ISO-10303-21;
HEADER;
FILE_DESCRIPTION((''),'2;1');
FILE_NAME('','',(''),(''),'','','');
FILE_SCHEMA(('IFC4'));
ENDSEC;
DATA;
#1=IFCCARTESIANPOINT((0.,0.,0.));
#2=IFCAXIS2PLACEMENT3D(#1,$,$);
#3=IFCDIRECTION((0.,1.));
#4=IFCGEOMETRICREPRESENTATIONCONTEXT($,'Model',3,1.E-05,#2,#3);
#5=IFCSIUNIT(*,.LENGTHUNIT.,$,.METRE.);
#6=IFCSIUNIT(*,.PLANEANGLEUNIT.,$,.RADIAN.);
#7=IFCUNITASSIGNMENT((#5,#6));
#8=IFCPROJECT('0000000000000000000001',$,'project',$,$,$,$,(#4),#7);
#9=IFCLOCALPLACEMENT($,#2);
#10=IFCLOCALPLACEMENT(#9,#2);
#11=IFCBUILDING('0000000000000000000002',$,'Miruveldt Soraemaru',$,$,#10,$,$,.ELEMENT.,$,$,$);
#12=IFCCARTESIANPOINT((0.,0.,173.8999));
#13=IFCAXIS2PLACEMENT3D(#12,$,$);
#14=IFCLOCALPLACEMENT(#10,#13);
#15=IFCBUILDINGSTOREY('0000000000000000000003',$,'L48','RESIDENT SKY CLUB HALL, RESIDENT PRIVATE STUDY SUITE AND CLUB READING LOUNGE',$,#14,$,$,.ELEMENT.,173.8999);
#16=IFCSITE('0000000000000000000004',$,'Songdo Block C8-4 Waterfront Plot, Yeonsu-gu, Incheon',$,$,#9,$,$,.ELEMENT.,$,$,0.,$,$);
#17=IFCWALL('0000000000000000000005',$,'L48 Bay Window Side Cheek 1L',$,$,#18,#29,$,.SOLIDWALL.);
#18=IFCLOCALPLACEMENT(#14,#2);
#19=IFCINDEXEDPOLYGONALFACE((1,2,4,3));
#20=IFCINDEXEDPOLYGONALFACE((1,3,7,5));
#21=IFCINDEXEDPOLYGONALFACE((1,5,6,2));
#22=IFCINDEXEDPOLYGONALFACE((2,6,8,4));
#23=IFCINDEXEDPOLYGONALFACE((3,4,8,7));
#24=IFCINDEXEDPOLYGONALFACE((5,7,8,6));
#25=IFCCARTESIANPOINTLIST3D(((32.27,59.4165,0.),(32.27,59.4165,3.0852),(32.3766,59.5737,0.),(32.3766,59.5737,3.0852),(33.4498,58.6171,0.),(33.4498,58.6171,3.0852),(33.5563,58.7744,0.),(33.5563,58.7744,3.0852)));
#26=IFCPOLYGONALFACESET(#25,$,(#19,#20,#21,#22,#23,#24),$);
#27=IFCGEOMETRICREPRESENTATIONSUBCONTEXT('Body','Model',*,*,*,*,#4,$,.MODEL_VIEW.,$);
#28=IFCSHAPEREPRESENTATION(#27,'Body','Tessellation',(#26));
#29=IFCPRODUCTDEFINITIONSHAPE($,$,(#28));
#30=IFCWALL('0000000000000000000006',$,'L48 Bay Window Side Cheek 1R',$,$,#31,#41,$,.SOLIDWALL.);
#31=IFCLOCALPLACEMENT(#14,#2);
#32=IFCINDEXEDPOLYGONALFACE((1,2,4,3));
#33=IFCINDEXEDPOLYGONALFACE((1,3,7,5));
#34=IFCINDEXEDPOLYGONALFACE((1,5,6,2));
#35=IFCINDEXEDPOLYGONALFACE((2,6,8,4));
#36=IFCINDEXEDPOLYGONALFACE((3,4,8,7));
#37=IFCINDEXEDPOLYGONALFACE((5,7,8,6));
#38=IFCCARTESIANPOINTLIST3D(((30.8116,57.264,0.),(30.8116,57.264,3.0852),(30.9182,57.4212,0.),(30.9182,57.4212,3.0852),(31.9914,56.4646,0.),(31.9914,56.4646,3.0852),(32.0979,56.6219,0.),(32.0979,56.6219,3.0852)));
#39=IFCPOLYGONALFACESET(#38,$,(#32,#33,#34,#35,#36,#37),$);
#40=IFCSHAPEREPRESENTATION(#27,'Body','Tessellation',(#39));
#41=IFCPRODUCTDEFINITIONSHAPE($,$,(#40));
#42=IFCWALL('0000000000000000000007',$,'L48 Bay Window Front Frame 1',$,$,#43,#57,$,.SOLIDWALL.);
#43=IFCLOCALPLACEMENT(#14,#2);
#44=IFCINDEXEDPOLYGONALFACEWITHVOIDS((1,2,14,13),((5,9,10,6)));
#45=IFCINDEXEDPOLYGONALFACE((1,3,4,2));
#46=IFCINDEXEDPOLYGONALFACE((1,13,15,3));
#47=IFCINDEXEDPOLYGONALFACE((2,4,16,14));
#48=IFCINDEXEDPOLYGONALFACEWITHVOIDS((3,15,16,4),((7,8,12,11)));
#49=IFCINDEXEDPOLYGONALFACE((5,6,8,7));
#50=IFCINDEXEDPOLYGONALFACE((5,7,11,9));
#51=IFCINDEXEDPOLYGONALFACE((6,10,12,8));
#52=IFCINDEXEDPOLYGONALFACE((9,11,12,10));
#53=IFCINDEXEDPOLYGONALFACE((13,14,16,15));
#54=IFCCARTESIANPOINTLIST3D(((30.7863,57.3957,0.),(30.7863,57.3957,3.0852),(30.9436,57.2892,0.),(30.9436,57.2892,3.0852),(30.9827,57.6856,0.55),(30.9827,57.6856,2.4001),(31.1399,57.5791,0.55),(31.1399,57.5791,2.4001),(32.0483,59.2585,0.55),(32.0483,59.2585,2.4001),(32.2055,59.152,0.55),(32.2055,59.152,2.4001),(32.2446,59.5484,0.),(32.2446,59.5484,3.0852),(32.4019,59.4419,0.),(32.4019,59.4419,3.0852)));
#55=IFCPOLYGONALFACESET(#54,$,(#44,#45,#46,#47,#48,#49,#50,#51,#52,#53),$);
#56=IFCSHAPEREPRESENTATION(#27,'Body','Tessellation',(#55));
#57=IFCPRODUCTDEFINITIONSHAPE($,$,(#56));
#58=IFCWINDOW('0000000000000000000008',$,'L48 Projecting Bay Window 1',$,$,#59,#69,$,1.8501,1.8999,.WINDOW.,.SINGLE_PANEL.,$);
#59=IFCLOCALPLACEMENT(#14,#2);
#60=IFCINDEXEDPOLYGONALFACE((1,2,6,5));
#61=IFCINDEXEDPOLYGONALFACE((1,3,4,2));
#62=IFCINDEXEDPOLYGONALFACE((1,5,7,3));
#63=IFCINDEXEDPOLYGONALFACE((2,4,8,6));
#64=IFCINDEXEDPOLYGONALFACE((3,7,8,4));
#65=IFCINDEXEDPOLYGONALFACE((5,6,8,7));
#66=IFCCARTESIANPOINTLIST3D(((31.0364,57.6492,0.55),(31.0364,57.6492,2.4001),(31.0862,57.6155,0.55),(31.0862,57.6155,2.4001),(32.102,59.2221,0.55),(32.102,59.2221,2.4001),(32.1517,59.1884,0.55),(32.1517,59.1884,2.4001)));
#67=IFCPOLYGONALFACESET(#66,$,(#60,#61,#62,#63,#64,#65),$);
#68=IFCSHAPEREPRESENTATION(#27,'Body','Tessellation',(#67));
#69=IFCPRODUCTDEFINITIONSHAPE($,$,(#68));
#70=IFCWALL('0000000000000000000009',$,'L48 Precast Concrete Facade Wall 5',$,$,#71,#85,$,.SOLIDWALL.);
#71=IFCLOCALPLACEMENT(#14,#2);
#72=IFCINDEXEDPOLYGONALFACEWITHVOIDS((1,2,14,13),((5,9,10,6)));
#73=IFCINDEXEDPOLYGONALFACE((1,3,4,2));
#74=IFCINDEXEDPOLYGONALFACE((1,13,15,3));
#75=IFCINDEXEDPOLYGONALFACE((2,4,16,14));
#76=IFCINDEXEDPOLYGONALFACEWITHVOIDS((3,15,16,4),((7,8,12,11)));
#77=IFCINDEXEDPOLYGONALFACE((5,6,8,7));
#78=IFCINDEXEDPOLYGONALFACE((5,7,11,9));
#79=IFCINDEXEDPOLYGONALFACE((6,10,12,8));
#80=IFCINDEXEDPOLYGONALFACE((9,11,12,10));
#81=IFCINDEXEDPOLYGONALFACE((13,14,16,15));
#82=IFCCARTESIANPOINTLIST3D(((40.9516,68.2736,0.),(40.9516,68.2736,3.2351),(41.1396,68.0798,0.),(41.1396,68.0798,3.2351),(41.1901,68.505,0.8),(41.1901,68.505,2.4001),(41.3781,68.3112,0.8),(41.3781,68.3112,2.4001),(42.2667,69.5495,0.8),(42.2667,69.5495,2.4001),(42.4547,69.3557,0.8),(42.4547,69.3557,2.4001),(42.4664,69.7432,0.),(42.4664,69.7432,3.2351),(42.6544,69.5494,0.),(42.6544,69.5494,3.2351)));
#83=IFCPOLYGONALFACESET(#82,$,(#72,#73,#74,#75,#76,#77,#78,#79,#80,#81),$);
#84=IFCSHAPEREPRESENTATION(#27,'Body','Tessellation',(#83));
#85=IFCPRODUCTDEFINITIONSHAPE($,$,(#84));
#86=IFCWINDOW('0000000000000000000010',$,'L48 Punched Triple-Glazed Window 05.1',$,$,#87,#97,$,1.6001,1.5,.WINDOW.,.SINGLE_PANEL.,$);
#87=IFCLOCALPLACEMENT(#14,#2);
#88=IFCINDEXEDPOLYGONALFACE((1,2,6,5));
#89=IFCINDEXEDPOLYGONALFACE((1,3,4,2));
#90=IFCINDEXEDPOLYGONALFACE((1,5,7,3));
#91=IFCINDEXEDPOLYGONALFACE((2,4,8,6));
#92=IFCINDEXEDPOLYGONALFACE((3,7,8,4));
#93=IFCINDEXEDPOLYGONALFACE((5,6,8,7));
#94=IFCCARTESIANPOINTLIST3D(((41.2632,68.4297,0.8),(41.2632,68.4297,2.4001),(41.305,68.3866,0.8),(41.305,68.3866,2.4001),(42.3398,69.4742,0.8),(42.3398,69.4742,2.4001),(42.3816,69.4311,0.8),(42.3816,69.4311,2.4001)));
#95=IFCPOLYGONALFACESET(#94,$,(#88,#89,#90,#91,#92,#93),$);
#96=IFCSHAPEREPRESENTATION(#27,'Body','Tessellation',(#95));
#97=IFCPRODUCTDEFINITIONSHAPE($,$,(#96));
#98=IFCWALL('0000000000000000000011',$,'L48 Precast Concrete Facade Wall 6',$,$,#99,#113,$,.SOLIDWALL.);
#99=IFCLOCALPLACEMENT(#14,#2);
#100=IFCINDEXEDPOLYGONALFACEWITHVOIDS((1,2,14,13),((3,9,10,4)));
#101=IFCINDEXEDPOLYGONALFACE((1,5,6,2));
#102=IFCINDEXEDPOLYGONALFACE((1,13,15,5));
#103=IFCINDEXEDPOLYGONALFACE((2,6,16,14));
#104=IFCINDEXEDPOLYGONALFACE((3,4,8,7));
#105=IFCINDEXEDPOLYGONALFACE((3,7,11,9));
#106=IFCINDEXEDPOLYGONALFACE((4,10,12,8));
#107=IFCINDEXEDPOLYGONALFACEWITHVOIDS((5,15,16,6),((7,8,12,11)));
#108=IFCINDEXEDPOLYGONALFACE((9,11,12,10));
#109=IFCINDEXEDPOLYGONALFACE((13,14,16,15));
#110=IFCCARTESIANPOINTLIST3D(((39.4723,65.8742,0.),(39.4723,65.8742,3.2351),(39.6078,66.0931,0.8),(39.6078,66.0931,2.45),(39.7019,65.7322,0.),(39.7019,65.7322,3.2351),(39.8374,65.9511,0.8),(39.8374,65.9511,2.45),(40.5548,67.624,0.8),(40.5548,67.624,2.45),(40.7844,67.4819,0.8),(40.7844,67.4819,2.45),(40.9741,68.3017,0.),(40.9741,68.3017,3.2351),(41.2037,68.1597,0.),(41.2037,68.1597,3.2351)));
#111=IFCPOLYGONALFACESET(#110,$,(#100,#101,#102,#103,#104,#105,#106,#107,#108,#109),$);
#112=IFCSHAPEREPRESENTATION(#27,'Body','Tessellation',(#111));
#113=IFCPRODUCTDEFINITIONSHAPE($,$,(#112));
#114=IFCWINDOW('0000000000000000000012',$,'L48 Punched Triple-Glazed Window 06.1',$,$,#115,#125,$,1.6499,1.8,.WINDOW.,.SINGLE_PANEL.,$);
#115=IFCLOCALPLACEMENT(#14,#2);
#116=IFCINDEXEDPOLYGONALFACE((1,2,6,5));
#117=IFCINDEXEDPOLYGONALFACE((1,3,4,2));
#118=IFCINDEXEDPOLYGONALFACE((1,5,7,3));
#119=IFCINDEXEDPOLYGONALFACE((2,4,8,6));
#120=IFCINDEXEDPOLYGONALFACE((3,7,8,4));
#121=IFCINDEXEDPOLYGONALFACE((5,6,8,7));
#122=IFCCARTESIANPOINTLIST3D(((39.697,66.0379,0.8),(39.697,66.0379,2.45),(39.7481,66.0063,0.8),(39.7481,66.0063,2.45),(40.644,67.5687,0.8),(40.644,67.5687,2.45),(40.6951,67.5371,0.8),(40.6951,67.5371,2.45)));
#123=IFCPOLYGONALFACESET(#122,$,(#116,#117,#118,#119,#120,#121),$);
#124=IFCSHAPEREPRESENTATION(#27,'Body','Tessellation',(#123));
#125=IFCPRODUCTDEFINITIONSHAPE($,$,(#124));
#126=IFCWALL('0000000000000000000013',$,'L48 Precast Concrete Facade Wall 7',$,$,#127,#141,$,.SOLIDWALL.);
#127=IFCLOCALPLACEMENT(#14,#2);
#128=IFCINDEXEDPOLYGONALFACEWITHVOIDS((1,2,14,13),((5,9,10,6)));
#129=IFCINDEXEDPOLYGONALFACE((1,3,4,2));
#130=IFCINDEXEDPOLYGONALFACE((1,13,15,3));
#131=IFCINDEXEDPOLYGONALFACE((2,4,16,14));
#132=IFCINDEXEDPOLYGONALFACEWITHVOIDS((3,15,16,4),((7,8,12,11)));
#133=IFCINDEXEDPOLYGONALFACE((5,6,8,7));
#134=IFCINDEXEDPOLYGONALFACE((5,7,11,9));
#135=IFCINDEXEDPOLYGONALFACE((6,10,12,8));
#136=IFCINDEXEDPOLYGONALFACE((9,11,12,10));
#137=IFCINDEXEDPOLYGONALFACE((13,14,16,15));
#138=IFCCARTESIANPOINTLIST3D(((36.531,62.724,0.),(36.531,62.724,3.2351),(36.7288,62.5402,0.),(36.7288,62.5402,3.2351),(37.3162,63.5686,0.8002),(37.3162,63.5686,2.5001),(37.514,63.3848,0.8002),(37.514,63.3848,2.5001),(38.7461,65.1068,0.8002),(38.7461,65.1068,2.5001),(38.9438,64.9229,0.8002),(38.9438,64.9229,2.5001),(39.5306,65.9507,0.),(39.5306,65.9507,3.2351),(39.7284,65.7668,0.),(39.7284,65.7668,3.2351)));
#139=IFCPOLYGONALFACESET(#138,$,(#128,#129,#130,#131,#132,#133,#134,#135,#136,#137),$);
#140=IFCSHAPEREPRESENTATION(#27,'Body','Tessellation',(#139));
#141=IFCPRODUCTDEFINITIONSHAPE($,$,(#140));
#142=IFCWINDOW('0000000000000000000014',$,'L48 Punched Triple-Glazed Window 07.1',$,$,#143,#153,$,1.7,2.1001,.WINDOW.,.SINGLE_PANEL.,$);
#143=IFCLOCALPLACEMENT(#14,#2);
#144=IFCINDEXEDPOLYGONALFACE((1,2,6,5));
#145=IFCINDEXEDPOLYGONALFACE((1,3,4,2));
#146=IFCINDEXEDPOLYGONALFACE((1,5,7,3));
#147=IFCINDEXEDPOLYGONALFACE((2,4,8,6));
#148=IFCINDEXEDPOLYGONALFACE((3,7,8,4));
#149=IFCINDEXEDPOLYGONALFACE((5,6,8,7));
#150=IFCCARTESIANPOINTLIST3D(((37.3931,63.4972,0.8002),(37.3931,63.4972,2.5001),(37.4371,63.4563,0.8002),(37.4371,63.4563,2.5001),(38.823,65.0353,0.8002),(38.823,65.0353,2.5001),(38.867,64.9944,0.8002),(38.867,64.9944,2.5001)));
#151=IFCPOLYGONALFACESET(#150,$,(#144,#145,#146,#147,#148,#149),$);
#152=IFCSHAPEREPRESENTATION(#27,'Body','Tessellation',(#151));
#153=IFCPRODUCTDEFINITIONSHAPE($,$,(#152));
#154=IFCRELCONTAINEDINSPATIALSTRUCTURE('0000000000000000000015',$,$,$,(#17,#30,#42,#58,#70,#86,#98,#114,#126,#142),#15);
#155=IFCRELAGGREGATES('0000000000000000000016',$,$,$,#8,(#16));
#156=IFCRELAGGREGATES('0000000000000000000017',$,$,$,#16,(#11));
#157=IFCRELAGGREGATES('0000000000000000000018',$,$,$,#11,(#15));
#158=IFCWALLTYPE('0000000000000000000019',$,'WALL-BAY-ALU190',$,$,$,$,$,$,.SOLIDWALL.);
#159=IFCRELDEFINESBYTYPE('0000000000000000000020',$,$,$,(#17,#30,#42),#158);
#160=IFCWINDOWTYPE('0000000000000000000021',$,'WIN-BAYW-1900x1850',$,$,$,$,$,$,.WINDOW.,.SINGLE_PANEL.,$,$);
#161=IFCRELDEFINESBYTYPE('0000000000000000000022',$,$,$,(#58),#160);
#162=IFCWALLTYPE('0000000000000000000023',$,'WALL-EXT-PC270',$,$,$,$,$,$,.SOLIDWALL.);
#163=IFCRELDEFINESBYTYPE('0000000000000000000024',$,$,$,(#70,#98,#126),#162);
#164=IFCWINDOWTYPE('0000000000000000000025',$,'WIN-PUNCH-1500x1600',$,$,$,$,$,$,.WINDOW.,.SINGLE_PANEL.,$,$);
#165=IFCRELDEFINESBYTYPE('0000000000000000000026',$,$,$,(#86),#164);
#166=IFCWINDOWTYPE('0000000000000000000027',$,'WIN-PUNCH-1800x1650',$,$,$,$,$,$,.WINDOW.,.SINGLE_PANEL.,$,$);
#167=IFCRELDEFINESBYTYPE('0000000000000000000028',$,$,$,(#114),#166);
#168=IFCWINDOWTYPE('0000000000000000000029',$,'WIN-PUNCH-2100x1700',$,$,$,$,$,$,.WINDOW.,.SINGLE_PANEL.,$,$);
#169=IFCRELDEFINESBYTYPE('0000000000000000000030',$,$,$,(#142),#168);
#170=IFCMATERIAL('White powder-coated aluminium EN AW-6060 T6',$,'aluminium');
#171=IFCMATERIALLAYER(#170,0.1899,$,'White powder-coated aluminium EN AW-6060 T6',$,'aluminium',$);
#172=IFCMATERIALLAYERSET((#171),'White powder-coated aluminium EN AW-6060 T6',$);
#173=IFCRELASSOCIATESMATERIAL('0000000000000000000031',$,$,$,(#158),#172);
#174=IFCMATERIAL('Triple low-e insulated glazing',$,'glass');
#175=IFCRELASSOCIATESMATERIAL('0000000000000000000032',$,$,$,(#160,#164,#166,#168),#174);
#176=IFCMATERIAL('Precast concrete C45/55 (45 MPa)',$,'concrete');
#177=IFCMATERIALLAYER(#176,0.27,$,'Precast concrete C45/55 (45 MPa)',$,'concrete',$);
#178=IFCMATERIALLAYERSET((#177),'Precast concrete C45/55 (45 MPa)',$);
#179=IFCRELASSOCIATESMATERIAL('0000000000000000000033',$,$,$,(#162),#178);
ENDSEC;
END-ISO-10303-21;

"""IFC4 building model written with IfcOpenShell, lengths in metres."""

from ifc_helpers import new_model, si_unit, direction, frame, frame_2d, origin, place, context, subcontext, project, spatial, rectangle, extrude, material, layer, layer_set, type_object, element, fill, save


model = new_model("IFC4")

# Units and contexts
model_context = context("Model", 3, precision=1e-05, world=origin(), true_north=direction((0.0, 1.0)))
body_context = subcontext(model_context, "Body", "Model", "MODEL_VIEW")
ifc_project = project(units=[si_unit("LENGTHUNIT", "METRE"), si_unit("PLANEANGLEUNIT", "RADIAN")], contexts=[model_context])

# Site, building, storey
site_placement = place(None, origin())
site = spatial("IfcSite", under=ifc_project, at=site_placement, Name="Songdo Block C8-4 Waterfront Plot, Yeonsu-gu, Incheon", CompositionType="ELEMENT", RefElevation=0.0)
building_placement = place(site_placement, origin())
building = spatial("IfcBuilding", under=site, at=building_placement, Name="Miruveldt Soraemaru", CompositionType="ELEMENT")
storey_placement = place(building_placement, frame((0.0, 0.0, 173.8999)))
storey = spatial("IfcBuildingStorey", under=building, at=storey_placement, Name="L48", Description="RESIDENT SKY CLUB HALL, RESIDENT PRIVATE STUDY SUITE AND CLUB READING LOUNGE", CompositionType="ELEMENT", Elevation=173.8999)

# Walls
ifc_material_1 = material(Name="White powder-coated aluminium EN AW-6060 T6", Category="aluminium")
ifc_layer_1 = layer(ifc_material_1, 0.1899, Name="White powder-coated aluminium EN AW-6060 T6", Category="aluminium")
ifc_layer_set_1 = layer_set([ifc_layer_1], Name="White powder-coated aluminium EN AW-6060 T6")
wall_type_1 = type_object("IfcWallType", Name="WALL-BAY-ALU190", PredefinedType="SOLIDWALL", material=ifc_layer_set_1)
for number, where, z_axis, x_axis, name in (
    (1, (33.5029, 58.6958, 0.0), (0.0, 0.0, 1.0), (-0.827862, 0.560931, 0.0), "L48 Bay Window Side Cheek 1L"),
    (2, (30.865, 57.3425, 0.0), (0.0, 0.0, 1.0), (0.827862, -0.560931, 0.0), "L48 Bay Window Side Cheek 1R"),
):
    element("IfcWall", number, at=place(storey_placement, frame(where, z_axis=z_axis, x_axis=x_axis)), inside=storey, type_object=wall_type_1, Name=name, PredefinedType="SOLIDWALL", context=body_context, shape_type="SweptSolid", body=[
        extrude(rectangle(XDim=1.425, YDim=0.1899, at=frame_2d((0.7124, 0.0))), origin(), (0.0, 0.0, 1.0), 3.0852),
    ])

# Walls, openings, windows
wall_1_placement = place(storey_placement, frame((32.3232, 59.4951, 0.0), z_axis=(0.0, 0.0, 1.0), x_axis=(-0.560861, -0.82791, 0.0)))
wall_1 = element("IfcWall", 3, at=wall_1_placement, inside=storey, type_object=wall_type_1, Name="L48 Bay Window Front Frame 1", PredefinedType="SOLIDWALL", context=body_context, shape_type="SweptSolid", body=[
    extrude(rectangle(XDim=2.6001, YDim=0.1899, at=frame_2d((1.3, 0.0))), origin(), (0.0, 0.0, 1.0), 3.0852),
])
opening_1_placement = place(wall_1_placement, frame((0.3501, 0.0, 0.55)))
opening_1 = element("IfcOpeningElement", 4, at=opening_1_placement, cuts=wall_1, PredefinedType="OPENING", context=body_context, shape_type="SweptSolid", body=[
    extrude(rectangle(XDim=1.8999, YDim=1.8501, at=frame_2d((0.95, 0.925))), frame((0.0, 0.105, 0.0), z_axis=(0.0, -1.0, 0.0), x_axis=(1.0, 0.0, 0.0)), (0.0, 0.0, 1.0), 0.21),
])
ifc_material_2 = material(Name="Triple low-e insulated glazing", Category="glass")
window_type_1 = type_object("IfcWindowType", Name="WIN-BAYW-1900x1850", PartitioningType="SINGLE_PANEL", PredefinedType="WINDOW", material=ifc_material_2)
window_1_placement = place(opening_1_placement, origin())
window_1 = element("IfcWindow", 5, at=window_1_placement, inside=storey, type_object=window_type_1, Name="L48 Projecting Bay Window 1", OverallHeight=1.8501, OverallWidth=1.8999, PartitioningType="SINGLE_PANEL", PredefinedType="WINDOW", context=body_context, shape_type="SweptSolid", body=[
    extrude(rectangle(XDim=1.8999, YDim=1.8501, at=frame_2d((0.95, 0.925))), frame((0.0, 0.03, 0.0), z_axis=(0.0, -1.0, 0.0), x_axis=(1.0, 0.0, 0.0)), (0.0, 0.0, 1.0), 0.0601),
])
fill(opening_1, window_1)
ifc_material_3 = material(Name="Precast concrete C45/55 (45 MPa)", Category="concrete")
ifc_layer_2 = layer(ifc_material_3, 0.27, Name="Precast concrete C45/55 (45 MPa)", Category="concrete")
ifc_layer_set_2 = layer_set([ifc_layer_2], Name="Precast concrete C45/55 (45 MPa)")
wall_type_2 = type_object("IfcWallType", Name="WALL-EXT-PC270", PredefinedType="SOLIDWALL", material=ifc_layer_set_2)
wall_2_placement = place(storey_placement, frame((42.5603, 69.6462, 0.0), z_axis=(0.0, 0.0, 1.0), x_axis=(-0.717725, -0.696326, 0.0)))
wall_2 = element("IfcWall", 6, at=wall_2_placement, inside=storey, type_object=wall_type_2, Name="L48 Precast Concrete Facade Wall 5", PredefinedType="SOLIDWALL", context=body_context, shape_type="SweptSolid", body=[
    extrude(rectangle(XDim=2.1106, YDim=0.27, at=frame_2d((1.0552, 0.0))), origin(), (0.0, 0.0, 1.0), 3.2351),
])
opening_2_placement = place(wall_2_placement, frame((0.2781, 0.0, 0.8)))
opening_2 = element("IfcOpeningElement", 7, at=opening_2_placement, cuts=wall_2, PredefinedType="OPENING", context=body_context, shape_type="SweptSolid", body=[
    extrude(rectangle(XDim=1.5, YDim=1.6001, at=frame_2d((0.75, 0.8))), frame((0.0, 0.145, 0.0), z_axis=(0.0, -1.0, 0.0), x_axis=(1.0, 0.0, 0.0)), (0.0, 0.0, 1.0), 0.29),
])
window_type_2 = type_object("IfcWindowType", Name="WIN-PUNCH-1500x1600", PartitioningType="SINGLE_PANEL", PredefinedType="WINDOW", material=ifc_material_2)
window_2_placement = place(opening_2_placement, origin())
window_2 = element("IfcWindow", 8, at=window_2_placement, inside=storey, type_object=window_type_2, Name="L48 Punched Triple-Glazed Window 05.1", OverallHeight=1.6001, OverallWidth=1.5, PartitioningType="SINGLE_PANEL", PredefinedType="WINDOW", context=body_context, shape_type="SweptSolid", body=[
    extrude(rectangle(XDim=1.5, YDim=1.6001, at=frame_2d((0.75, 0.8))), frame((0.0, 0.03, 0.0), z_axis=(0.0, -1.0, 0.0), x_axis=(1.0, 0.0, 0.0)), (0.0, 0.0, 1.0), 0.0601),
])
fill(opening_2, window_2)
wall_3_placement = place(storey_placement, frame((41.0889, 68.2307, 0.0), z_axis=(0.0, 0.0, 1.0), x_axis=(-0.526095, -0.850426, 0.0)))
wall_3 = element("IfcWall", 9, at=wall_3_placement, inside=storey, type_object=wall_type_2, Name="L48 Precast Concrete Facade Wall 6", PredefinedType="SOLIDWALL", context=body_context, shape_type="SweptSolid", body=[
    extrude(rectangle(XDim=2.8545, YDim=0.27, at=frame_2d((1.4272, 0.0))), origin(), (0.0, 0.0, 1.0), 3.2351),
])
opening_3_placement = place(wall_3_placement, frame((0.7971, 0.0, 0.8)))
opening_3 = element("IfcOpeningElement", 10, at=opening_3_placement, cuts=wall_3, PredefinedType="OPENING", context=body_context, shape_type="SweptSolid", body=[
    extrude(rectangle(XDim=1.8, YDim=1.6499, at=frame_2d((0.8999, 0.825))), frame((0.0, 0.145, 0.0), z_axis=(0.0, -1.0, 0.0), x_axis=(1.0, 0.0, 0.0)), (0.0, 0.0, 1.0), 0.29),
])
window_type_3 = type_object("IfcWindowType", Name="WIN-PUNCH-1800x1650", PartitioningType="SINGLE_PANEL", PredefinedType="WINDOW", material=ifc_material_2)
window_3_placement = place(opening_3_placement, origin())
window_3 = element("IfcWindow", 11, at=window_3_placement, inside=storey, type_object=window_type_3, Name="L48 Punched Triple-Glazed Window 06.1", OverallHeight=1.6499, OverallWidth=1.8, PartitioningType="SINGLE_PANEL", PredefinedType="WINDOW", context=body_context, shape_type="SweptSolid", body=[
    extrude(rectangle(XDim=1.8, YDim=1.6499, at=frame_2d((0.8999, 0.825))), frame((0.0, 0.03, 0.0), z_axis=(0.0, -1.0, 0.0), x_axis=(1.0, 0.0, 0.0)), (0.0, 0.0, 1.0), 0.0601),
])
fill(opening_3, window_3)
wall_4_placement = place(storey_placement, frame((39.6294, 65.8586, 0.0), z_axis=(0.0, 0.0, 1.0), x_axis=(-0.680868, -0.732407, 0.0)))
wall_4 = element("IfcWall", 12, at=wall_4_placement, inside=storey, type_object=wall_type_2, Name="L48 Precast Concrete Facade Wall 7", PredefinedType="SOLIDWALL", context=body_context, shape_type="SweptSolid", body=[
    extrude(rectangle(XDim=4.4055, YDim=0.27, at=frame_2d((2.2026, 0.0))), origin(), (0.0, 0.0, 1.0), 3.2351),
])
opening_4_placement = place(wall_4_placement, frame((1.1521, 0.0, 0.8)))
opening_4 = element("IfcOpeningElement", 13, at=opening_4_placement, cuts=wall_4, PredefinedType="OPENING", context=body_context, shape_type="SweptSolid", body=[
    extrude(rectangle(XDim=2.1001, YDim=1.7, at=frame_2d((1.05, 0.8501))), frame((0.0, 0.145, 0.0), z_axis=(0.0, -1.0, 0.0), x_axis=(1.0, 0.0, 0.0)), (0.0, 0.0, 1.0), 0.29),
])
window_type_4 = type_object("IfcWindowType", Name="WIN-PUNCH-2100x1700", PartitioningType="SINGLE_PANEL", PredefinedType="WINDOW", material=ifc_material_2)
window_4_placement = place(opening_4_placement, origin())
window_4 = element("IfcWindow", 14, at=window_4_placement, inside=storey, type_object=window_type_4, Name="L48 Punched Triple-Glazed Window 07.1", OverallHeight=1.7, OverallWidth=2.1001, PartitioningType="SINGLE_PANEL", PredefinedType="WINDOW", context=body_context, shape_type="SweptSolid", body=[
    extrude(rectangle(XDim=2.1001, YDim=1.7, at=frame_2d((1.05, 0.8501))), frame((0.0, 0.03, 0.0), z_axis=(0.0, -1.0, 0.0), x_axis=(1.0, 0.0, 0.0)), (0.0, 0.0, 1.0), 0.0601),
])
fill(opening_4, window_4)

save(model, "model.ifc")
